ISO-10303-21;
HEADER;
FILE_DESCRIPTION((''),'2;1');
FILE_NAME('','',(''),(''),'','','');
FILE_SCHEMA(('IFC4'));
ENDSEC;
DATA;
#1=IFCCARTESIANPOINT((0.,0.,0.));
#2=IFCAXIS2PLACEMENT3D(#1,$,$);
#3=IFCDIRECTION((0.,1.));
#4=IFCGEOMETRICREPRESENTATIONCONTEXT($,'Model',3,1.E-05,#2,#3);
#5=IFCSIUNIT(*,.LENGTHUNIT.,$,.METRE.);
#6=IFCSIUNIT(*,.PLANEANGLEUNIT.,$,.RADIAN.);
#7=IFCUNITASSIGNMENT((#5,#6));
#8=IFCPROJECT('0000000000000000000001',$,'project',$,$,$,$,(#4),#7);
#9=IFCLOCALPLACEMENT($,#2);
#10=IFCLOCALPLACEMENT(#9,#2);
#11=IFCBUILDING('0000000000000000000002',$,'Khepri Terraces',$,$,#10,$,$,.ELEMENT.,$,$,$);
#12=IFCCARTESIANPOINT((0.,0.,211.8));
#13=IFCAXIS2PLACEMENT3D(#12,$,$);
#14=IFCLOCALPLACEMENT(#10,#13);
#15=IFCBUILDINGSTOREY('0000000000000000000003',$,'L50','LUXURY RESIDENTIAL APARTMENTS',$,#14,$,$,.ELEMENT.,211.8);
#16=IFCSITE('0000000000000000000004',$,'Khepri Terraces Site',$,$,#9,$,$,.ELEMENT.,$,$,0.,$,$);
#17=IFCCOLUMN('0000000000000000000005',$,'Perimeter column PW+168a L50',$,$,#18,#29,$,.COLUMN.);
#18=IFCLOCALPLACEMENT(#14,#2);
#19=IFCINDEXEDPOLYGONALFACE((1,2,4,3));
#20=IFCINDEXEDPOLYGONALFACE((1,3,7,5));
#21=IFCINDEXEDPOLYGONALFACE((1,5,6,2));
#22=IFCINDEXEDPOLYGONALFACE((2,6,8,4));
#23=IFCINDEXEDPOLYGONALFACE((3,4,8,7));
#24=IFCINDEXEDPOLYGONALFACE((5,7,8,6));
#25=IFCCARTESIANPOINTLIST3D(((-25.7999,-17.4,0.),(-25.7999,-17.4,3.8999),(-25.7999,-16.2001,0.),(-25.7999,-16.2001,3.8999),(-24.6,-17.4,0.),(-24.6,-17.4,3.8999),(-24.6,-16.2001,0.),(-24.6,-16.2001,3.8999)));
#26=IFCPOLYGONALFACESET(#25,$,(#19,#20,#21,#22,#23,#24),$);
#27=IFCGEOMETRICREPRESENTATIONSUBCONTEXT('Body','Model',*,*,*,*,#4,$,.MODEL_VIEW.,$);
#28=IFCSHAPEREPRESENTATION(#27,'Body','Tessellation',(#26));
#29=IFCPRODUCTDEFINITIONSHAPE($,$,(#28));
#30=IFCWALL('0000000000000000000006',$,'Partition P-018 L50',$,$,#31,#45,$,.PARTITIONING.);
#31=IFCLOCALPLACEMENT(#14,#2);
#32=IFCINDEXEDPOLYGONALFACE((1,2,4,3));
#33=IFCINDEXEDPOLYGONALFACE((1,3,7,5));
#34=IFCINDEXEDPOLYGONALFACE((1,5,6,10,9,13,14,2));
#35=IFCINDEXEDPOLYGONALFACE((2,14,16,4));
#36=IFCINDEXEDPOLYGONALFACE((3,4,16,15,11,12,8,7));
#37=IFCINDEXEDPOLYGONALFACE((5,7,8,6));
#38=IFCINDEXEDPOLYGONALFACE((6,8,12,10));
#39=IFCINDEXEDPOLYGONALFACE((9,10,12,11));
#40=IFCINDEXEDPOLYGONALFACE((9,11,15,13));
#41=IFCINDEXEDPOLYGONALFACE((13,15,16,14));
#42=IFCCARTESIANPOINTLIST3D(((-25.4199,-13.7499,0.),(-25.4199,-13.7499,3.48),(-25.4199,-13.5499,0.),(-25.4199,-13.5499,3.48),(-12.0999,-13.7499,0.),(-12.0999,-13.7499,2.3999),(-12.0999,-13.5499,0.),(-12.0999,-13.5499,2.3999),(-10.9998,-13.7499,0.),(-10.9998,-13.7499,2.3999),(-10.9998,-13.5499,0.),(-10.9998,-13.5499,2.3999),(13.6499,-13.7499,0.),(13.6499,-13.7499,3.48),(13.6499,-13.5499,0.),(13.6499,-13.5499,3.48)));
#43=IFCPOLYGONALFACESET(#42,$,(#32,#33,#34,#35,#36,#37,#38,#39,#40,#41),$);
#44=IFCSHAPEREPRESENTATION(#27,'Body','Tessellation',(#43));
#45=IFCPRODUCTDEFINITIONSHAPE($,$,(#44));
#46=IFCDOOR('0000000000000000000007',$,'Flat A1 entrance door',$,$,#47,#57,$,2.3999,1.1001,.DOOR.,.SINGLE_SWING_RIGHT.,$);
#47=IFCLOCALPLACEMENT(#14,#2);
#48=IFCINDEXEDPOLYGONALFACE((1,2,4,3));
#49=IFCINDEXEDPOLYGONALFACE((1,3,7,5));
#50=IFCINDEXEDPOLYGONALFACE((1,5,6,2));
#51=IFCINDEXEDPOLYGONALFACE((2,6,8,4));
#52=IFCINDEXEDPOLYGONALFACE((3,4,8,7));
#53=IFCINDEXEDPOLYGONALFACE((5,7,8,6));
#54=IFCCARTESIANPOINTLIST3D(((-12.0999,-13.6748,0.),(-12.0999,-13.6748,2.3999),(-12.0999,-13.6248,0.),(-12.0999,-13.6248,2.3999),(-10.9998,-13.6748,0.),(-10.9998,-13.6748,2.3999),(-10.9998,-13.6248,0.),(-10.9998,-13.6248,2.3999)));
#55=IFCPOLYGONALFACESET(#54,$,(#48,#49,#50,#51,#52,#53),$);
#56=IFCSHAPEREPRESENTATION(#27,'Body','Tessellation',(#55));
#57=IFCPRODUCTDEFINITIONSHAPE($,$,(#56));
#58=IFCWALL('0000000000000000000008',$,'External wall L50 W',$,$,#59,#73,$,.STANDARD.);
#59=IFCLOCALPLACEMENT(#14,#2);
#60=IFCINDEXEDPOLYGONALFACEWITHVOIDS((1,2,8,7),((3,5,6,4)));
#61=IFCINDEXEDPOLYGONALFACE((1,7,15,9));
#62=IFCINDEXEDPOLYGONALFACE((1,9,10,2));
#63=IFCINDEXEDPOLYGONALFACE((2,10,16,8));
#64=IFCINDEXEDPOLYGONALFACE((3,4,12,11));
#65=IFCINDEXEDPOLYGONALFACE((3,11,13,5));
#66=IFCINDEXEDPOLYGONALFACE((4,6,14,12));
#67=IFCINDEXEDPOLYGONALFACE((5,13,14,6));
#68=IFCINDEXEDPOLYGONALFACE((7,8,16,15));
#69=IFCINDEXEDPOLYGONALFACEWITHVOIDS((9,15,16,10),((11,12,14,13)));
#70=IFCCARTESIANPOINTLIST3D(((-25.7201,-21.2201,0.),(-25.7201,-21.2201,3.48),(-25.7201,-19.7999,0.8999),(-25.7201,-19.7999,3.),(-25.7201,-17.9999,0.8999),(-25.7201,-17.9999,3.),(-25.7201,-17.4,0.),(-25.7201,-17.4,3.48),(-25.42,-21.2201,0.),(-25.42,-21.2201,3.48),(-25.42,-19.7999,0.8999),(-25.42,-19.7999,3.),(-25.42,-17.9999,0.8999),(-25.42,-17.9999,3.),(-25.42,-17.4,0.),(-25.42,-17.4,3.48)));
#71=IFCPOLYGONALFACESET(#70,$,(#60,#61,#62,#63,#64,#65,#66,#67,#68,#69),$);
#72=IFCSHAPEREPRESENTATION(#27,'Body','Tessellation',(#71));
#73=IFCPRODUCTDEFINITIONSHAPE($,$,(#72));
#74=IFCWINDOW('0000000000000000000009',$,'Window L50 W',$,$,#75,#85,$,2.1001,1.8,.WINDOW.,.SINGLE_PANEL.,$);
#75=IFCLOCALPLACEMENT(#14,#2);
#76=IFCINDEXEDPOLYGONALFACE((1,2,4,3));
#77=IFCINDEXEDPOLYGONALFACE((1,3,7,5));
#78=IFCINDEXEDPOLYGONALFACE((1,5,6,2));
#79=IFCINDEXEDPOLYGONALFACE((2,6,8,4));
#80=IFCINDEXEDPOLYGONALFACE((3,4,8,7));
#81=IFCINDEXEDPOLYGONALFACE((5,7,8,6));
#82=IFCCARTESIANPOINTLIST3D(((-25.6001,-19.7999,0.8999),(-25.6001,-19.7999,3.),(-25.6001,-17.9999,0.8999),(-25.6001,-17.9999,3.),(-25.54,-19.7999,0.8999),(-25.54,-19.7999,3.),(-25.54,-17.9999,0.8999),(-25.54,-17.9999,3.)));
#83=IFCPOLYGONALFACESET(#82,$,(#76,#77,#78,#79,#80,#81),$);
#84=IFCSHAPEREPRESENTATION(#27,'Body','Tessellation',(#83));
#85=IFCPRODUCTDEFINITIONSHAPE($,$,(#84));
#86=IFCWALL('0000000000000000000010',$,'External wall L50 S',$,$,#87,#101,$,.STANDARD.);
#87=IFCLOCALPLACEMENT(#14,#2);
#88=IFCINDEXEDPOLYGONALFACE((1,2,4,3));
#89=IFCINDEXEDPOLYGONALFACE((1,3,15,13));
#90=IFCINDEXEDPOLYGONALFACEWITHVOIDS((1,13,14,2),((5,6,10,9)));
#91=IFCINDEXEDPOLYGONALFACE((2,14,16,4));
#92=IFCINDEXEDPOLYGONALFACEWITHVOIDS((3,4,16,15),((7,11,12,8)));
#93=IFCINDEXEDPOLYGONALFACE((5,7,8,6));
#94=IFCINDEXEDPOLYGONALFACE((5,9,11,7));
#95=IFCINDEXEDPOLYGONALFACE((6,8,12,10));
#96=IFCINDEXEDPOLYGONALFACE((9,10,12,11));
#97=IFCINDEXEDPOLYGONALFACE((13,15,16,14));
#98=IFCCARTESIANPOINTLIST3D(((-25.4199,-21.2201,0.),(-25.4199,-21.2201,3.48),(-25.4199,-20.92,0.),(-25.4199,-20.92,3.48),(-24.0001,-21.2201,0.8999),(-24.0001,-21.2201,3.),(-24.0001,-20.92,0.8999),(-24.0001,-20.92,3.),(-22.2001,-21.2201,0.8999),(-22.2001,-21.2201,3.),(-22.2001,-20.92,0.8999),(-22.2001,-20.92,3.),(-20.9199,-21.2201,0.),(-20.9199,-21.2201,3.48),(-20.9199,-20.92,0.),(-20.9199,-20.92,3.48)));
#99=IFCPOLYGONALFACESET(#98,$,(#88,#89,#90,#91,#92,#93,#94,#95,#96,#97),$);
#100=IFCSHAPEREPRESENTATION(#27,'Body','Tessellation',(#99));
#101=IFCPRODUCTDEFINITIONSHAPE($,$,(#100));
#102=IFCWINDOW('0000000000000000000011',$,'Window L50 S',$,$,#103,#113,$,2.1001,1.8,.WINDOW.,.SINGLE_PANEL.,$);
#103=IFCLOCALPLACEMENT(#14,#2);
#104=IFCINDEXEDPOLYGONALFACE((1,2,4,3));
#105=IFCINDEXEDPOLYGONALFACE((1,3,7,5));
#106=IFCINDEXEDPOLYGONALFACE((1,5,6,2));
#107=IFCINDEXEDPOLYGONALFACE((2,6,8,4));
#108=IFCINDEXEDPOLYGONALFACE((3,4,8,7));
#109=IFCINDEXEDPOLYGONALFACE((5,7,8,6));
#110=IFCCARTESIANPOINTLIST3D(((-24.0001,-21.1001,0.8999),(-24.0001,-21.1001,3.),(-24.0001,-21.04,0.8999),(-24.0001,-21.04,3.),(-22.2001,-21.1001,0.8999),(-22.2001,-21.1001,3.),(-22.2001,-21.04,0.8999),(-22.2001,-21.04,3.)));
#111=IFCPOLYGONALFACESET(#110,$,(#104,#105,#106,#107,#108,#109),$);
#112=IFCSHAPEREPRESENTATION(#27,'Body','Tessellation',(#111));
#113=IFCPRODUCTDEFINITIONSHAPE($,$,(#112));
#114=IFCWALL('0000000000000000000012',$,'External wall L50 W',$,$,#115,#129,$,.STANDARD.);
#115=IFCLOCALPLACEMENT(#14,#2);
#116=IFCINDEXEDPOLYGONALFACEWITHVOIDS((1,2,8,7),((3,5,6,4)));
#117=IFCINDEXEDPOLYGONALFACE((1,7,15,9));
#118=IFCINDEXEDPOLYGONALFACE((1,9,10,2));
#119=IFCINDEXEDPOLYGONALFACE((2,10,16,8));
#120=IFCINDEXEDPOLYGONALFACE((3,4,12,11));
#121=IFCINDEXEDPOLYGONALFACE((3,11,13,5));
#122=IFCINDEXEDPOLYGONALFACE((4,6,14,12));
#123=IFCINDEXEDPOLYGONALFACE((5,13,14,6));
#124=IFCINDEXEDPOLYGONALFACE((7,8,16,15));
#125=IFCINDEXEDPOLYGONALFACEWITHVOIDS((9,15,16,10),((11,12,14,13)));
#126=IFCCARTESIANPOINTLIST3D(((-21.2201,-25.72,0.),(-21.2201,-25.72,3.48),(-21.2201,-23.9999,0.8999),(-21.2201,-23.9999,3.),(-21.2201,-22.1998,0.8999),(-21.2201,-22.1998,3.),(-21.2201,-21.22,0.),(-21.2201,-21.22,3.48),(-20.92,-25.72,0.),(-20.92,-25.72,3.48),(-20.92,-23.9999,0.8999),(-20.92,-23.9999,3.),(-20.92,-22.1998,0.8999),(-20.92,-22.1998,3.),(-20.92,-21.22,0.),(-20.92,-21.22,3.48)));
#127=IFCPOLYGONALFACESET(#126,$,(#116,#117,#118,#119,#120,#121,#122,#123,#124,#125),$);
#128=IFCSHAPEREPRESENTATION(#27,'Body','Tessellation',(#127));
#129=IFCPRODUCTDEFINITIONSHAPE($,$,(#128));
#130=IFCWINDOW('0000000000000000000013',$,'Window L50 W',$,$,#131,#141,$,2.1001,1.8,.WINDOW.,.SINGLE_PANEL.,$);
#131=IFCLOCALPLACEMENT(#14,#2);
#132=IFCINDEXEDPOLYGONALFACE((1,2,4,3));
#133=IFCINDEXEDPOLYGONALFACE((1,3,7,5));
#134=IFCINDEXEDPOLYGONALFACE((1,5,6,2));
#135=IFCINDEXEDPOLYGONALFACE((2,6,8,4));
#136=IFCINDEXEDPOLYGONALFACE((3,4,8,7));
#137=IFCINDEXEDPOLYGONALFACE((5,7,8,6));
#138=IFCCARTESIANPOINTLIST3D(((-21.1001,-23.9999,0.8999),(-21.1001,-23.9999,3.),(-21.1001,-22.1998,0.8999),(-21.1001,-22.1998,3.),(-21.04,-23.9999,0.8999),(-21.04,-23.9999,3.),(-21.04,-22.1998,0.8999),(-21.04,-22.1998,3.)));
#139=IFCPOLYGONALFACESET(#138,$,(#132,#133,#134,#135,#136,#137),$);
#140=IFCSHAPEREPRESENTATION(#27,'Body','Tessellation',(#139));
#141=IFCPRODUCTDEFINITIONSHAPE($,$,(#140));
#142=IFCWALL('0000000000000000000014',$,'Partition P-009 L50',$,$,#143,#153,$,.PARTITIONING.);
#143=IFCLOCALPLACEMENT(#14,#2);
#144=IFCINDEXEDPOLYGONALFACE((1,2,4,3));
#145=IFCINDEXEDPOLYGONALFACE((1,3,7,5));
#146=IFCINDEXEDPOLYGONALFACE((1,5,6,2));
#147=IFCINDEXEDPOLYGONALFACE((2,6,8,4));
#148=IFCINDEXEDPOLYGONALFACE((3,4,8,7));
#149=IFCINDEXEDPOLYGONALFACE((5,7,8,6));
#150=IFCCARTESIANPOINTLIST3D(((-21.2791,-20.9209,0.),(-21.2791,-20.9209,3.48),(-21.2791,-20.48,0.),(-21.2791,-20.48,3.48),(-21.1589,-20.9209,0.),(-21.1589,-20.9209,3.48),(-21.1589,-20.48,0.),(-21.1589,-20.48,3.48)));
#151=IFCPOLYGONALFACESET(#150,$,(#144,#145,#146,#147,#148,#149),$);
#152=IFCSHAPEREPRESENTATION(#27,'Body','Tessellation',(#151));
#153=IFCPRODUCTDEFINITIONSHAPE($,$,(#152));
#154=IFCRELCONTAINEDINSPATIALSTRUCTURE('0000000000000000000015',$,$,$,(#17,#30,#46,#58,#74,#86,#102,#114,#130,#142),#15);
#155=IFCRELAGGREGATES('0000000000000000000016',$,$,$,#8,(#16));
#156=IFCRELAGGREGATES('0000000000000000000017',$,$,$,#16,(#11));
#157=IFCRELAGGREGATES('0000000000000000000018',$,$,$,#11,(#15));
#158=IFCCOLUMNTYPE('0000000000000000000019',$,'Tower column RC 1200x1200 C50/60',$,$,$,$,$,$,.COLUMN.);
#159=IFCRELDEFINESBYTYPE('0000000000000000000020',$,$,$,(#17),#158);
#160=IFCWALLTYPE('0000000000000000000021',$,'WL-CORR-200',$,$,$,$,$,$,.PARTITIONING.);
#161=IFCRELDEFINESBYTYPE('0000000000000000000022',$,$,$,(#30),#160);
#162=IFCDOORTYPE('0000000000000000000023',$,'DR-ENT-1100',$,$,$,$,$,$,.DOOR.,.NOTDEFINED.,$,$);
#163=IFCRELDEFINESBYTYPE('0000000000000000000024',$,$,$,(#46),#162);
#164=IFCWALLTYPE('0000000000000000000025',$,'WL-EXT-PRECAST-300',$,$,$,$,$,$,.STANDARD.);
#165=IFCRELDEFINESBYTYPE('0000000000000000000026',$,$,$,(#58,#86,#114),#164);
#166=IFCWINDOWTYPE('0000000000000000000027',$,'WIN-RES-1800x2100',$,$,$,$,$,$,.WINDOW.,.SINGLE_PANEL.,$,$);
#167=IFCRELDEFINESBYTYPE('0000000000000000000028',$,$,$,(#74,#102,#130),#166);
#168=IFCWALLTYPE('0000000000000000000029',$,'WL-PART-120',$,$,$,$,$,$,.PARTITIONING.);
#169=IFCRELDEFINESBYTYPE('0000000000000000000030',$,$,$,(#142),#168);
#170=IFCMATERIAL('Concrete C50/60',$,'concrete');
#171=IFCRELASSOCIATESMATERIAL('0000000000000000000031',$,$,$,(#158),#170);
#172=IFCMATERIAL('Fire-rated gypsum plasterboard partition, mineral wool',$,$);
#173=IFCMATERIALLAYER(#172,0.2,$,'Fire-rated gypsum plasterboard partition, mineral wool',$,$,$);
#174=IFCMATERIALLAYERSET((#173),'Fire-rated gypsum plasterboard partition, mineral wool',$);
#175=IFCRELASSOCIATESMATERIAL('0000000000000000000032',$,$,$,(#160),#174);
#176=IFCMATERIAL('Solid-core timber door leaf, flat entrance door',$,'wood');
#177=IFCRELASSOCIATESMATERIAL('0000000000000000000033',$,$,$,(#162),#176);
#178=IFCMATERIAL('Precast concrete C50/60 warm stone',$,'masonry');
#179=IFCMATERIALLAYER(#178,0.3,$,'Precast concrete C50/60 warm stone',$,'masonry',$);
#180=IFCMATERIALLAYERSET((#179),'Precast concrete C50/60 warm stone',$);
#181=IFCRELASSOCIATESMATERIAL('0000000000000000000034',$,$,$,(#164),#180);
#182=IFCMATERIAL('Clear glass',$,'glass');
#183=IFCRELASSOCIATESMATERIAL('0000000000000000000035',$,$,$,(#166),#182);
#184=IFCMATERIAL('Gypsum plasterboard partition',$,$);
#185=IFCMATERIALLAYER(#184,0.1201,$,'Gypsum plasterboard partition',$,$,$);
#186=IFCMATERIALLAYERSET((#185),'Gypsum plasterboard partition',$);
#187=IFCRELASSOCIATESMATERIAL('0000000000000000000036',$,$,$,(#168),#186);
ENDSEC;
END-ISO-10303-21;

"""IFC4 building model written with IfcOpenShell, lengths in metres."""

from ifc_helpers import new_model, si_unit, direction, frame, frame_2d, origin, origin_2d, place, context, subcontext, project, spatial, rectangle, extrude, material, layer, layer_set, material_profile, profile_set, type_object, element, fill, save


model = new_model("IFC4")

# Units and contexts
model_context = context("Model", 3, precision=1e-05, world=origin(), true_north=direction((0.0, 1.0)))
body_context = subcontext(model_context, "Body", "Model", "MODEL_VIEW")
ifc_project = project(units=[si_unit("LENGTHUNIT", "METRE"), si_unit("PLANEANGLEUNIT", "RADIAN")], contexts=[model_context])

# Site, building, storey
site_placement = place(None, origin())
site = spatial("IfcSite", under=ifc_project, at=site_placement, Name="Khepri Terraces Site", CompositionType="ELEMENT", RefElevation=0.0)
building_placement = place(site_placement, origin())
building = spatial("IfcBuilding", under=site, at=building_placement, Name="Khepri Terraces", CompositionType="ELEMENT")
storey_placement = place(building_placement, frame((0.0, 0.0, 211.8)))
storey = spatial("IfcBuildingStorey", under=building, at=storey_placement, Name="L50", Description="LUXURY RESIDENTIAL APARTMENTS", CompositionType="ELEMENT", Elevation=211.8)

# Column
ifc_material_1 = material(Name="Concrete C50/60", Category="concrete")
ifc_material_profile = material_profile(ifc_material_1, rectangle(XDim=1.2, YDim=1.2, at=origin_2d()), Name="Concrete C50/60", Category="concrete")
ifc_profile_set = profile_set([ifc_material_profile], Name="Concrete C50/60")
column_type = type_object("IfcColumnType", Name="Tower column RC 1200x1200 C50/60", PredefinedType="COLUMN", material=ifc_profile_set)
column_placement = place(storey_placement, frame((-25.2, -16.8, 0.0), z_axis=(0.0, 0.0, 1.0), x_axis=(1.0, 0.0, 0.0)))
element("IfcColumn", 1, at=column_placement, inside=storey, type_object=column_type, Name="Perimeter column PW+168a L50", PredefinedType="COLUMN", context=body_context, shape_type="SweptSolid", body=[
    extrude(rectangle(XDim=1.2, YDim=1.2, at=origin_2d()), origin(), (0.0, 0.0, 1.0), 3.8999),
])

# Wall, opening, door
ifc_material_2 = material(Name="Fire-rated gypsum plasterboard partition, mineral wool")
ifc_layer_1 = layer(ifc_material_2, 0.2, Name="Fire-rated gypsum plasterboard partition, mineral wool")
ifc_layer_set_1 = layer_set([ifc_layer_1], Name="Fire-rated gypsum plasterboard partition, mineral wool")
wall_type_1 = type_object("IfcWallType", Name="WL-CORR-200", PredefinedType="PARTITIONING", material=ifc_layer_set_1)
wall_1_placement = place(storey_placement, frame((-25.4199, -13.6499, 0.0), z_axis=(0.0, 0.0, 1.0), x_axis=(1.0, 0.0, 0.0)))
wall_1 = element("IfcWall", 2, at=wall_1_placement, inside=storey, type_object=wall_type_1, Name="Partition P-018 L50", PredefinedType="PARTITIONING", context=body_context, shape_type="SweptSolid", body=[
    extrude(rectangle(XDim=39.0698, YDim=0.2, at=frame_2d((19.5349, 0.0))), origin(), (0.0, 0.0, 1.0), 3.48),
])
opening_1_placement = place(wall_1_placement, frame((13.3201, 0.0, 0.0)))
opening_1 = element("IfcOpeningElement", 3, at=opening_1_placement, cuts=wall_1, PredefinedType="OPENING", context=body_context, shape_type="SweptSolid", body=[
    extrude(rectangle(XDim=1.1001, YDim=2.3999, at=frame_2d((0.55, 1.2))), frame((0.0, 0.1099, 0.0), z_axis=(0.0, -1.0, 0.0), x_axis=(1.0, 0.0, 0.0)), (0.0, 0.0, 1.0), 0.22),
])
ifc_material_3 = material(Name="Solid-core timber door leaf, flat entrance door", Category="wood")
door_type_1 = type_object("IfcDoorType", Name="DR-ENT-1100", OperationType="NOTDEFINED", PredefinedType="DOOR", material=ifc_material_3)
door_1_placement = place(opening_1_placement, frame((1.1001, 0.0, 0.0), z_axis=(0.0, 0.0, 1.0), x_axis=(-1.0, 0.0, 0.0)))
door_1 = element("IfcDoor", 4, at=door_1_placement, inside=storey, type_object=door_type_1, Name="Flat A1 entrance door", OperationType="SINGLE_SWING_RIGHT", OverallHeight=2.3999, OverallWidth=1.1001, PredefinedType="DOOR", context=body_context, shape_type="SweptSolid", body=[
    extrude(rectangle(XDim=1.1001, YDim=2.3999, at=frame_2d((0.55, 1.2))), frame((0.0, 0.0249, 0.0), z_axis=(0.0, -1.0, 0.0), x_axis=(1.0, 0.0, 0.0)), (0.0, 0.0, 1.0), 0.05),
])
fill(opening_1, door_1)

# Walls, openings, windows
ifc_material_4 = material(Name="Precast concrete C50/60 warm stone", Category="masonry")
ifc_layer_2 = layer(ifc_material_4, 0.3, Name="Precast concrete C50/60 warm stone", Category="masonry")
ifc_layer_set_2 = layer_set([ifc_layer_2], Name="Precast concrete C50/60 warm stone")
wall_type_2 = type_object("IfcWallType", Name="WL-EXT-PRECAST-300", PredefinedType="STANDARD", material=ifc_layer_set_2)
wall_2_placement = place(storey_placement, frame((-25.5701, -17.3999, 0.0), z_axis=(0.0, 0.0, 1.0), x_axis=(0.0, -1.0, 0.0)))
wall_2 = element("IfcWall", 5, at=wall_2_placement, inside=storey, type_object=wall_type_2, Name="External wall L50 W", PredefinedType="STANDARD", context=body_context, shape_type="SweptSolid", body=[
    extrude(rectangle(XDim=3.8201, YDim=0.3, at=frame_2d((1.9102, 0.0))), origin(), (0.0, 0.0, 1.0), 3.48),
])
opening_2_placement = place(wall_2_placement, frame((0.6001, 0.0, 0.8999)))
opening_2 = element("IfcOpeningElement", 6, at=opening_2_placement, cuts=wall_2, PredefinedType="OPENING", context=body_context, shape_type="SweptSolid", body=[
    extrude(rectangle(XDim=1.8, YDim=2.1001, at=frame_2d((0.8999, 1.05))), frame((0.0, 0.1602, 0.0), z_axis=(0.0, -1.0, 0.0), x_axis=(1.0, 0.0, 0.0)), (0.0, 0.0, 1.0), 0.3201),
])
ifc_material_5 = material(Name="Clear glass", Category="glass")
window_type = type_object("IfcWindowType", Name="WIN-RES-1800x2100", PartitioningType="SINGLE_PANEL", PredefinedType="WINDOW", material=ifc_material_5)
window_1_placement = place(opening_2_placement, origin())
window_1 = element("IfcWindow", 7, at=window_1_placement, inside=storey, type_object=window_type, Name="Window L50 W", OverallHeight=2.1001, OverallWidth=1.8, PartitioningType="SINGLE_PANEL", PredefinedType="WINDOW", context=body_context, shape_type="SweptSolid", body=[
    extrude(rectangle(XDim=1.8, YDim=2.1001, at=frame_2d((0.8999, 1.05))), frame((0.0, 0.03, 0.0), z_axis=(0.0, -1.0, 0.0), x_axis=(1.0, 0.0, 0.0)), (0.0, 0.0, 1.0), 0.0601),
])
fill(opening_2, window_1)
wall_3_placement = place(storey_placement, frame((-25.4199, -21.0701, 0.0), z_axis=(0.0, 0.0, 1.0), x_axis=(1.0, 0.0, 0.0)))
wall_3 = element("IfcWall", 8, at=wall_3_placement, inside=storey, type_object=wall_type_2, Name="External wall L50 S", PredefinedType="STANDARD", context=body_context, shape_type="SweptSolid", body=[
    extrude(rectangle(XDim=4.5, YDim=0.3, at=frame_2d((2.25, 0.0))), origin(), (0.0, 0.0, 1.0), 3.48),
])
opening_3_placement = place(wall_3_placement, frame((1.4199, 0.0, 0.8999)))
opening_3 = element("IfcOpeningElement", 9, at=opening_3_placement, cuts=wall_3, PredefinedType="OPENING", context=body_context, shape_type="SweptSolid", body=[
    extrude(rectangle(XDim=1.8, YDim=2.1001, at=frame_2d((0.8999, 1.05))), frame((0.0, 0.1602, 0.0), z_axis=(0.0, -1.0, 0.0), x_axis=(1.0, 0.0, 0.0)), (0.0, 0.0, 1.0), 0.3201),
])
window_2_placement = place(opening_3_placement, origin())
window_2 = element("IfcWindow", 10, at=window_2_placement, inside=storey, type_object=window_type, Name="Window L50 S", OverallHeight=2.1001, OverallWidth=1.8, PartitioningType="SINGLE_PANEL", PredefinedType="WINDOW", context=body_context, shape_type="SweptSolid", body=[
    extrude(rectangle(XDim=1.8, YDim=2.1001, at=frame_2d((0.8999, 1.05))), frame((0.0, 0.03, 0.0), z_axis=(0.0, -1.0, 0.0), x_axis=(1.0, 0.0, 0.0)), (0.0, 0.0, 1.0), 0.0601),
])
fill(opening_3, window_2)
wall_4_placement = place(storey_placement, frame((-21.0701, -21.22, 0.0), z_axis=(0.0, 0.0, 1.0), x_axis=(0.0, -1.0, 0.0)))
wall_4 = element("IfcWall", 11, at=wall_4_placement, inside=storey, type_object=wall_type_2, Name="External wall L50 W", PredefinedType="STANDARD", context=body_context, shape_type="SweptSolid", body=[
    extrude(rectangle(XDim=4.5, YDim=0.3, at=frame_2d((2.25, 0.0))), origin(), (0.0, 0.0, 1.0), 3.48),
])
opening_4_placement = place(wall_4_placement, frame((0.98, 0.0, 0.8999)))
opening_4 = element("IfcOpeningElement", 12, at=opening_4_placement, cuts=wall_4, PredefinedType="OPENING", context=body_context, shape_type="SweptSolid", body=[
    extrude(rectangle(XDim=1.8, YDim=2.1001, at=frame_2d((0.8999, 1.05))), frame((0.0, 0.1602, 0.0), z_axis=(0.0, -1.0, 0.0), x_axis=(1.0, 0.0, 0.0)), (0.0, 0.0, 1.0), 0.3201),
])
window_3_placement = place(opening_4_placement, origin())
window_3 = element("IfcWindow", 13, at=window_3_placement, inside=storey, type_object=window_type, Name="Window L50 W", OverallHeight=2.1001, OverallWidth=1.8, PartitioningType="SINGLE_PANEL", PredefinedType="WINDOW", context=body_context, shape_type="SweptSolid", body=[
    extrude(rectangle(XDim=1.8, YDim=2.1001, at=frame_2d((0.8999, 1.05))), frame((0.0, 0.03, 0.0), z_axis=(0.0, -1.0, 0.0), x_axis=(1.0, 0.0, 0.0)), (0.0, 0.0, 1.0), 0.0601),
])
fill(opening_4, window_3)

# Wall
ifc_material_6 = material(Name="Gypsum plasterboard partition")
ifc_layer_3 = layer(ifc_material_6, 0.1201, Name="Gypsum plasterboard partition")
ifc_layer_set_3 = layer_set([ifc_layer_3], Name="Gypsum plasterboard partition")
wall_type_3 = type_object("IfcWallType", Name="WL-PART-120", PredefinedType="PARTITIONING", material=ifc_layer_set_3)
wall_5_placement = place(storey_placement, frame((-21.219, -20.9209, 0.0), z_axis=(0.0, 0.0, 1.0), x_axis=(0.0, 1.0, 0.0)))
element("IfcWall", 14, at=wall_5_placement, inside=storey, type_object=wall_type_3, Name="Partition P-009 L50", PredefinedType="PARTITIONING", context=body_context, shape_type="SweptSolid", body=[
    extrude(rectangle(XDim=0.4409, YDim=0.1201, at=frame_2d((0.2205, 0.0))), origin(), (0.0, 0.0, 1.0), 3.48),
])

save(model, "model.ifc")
